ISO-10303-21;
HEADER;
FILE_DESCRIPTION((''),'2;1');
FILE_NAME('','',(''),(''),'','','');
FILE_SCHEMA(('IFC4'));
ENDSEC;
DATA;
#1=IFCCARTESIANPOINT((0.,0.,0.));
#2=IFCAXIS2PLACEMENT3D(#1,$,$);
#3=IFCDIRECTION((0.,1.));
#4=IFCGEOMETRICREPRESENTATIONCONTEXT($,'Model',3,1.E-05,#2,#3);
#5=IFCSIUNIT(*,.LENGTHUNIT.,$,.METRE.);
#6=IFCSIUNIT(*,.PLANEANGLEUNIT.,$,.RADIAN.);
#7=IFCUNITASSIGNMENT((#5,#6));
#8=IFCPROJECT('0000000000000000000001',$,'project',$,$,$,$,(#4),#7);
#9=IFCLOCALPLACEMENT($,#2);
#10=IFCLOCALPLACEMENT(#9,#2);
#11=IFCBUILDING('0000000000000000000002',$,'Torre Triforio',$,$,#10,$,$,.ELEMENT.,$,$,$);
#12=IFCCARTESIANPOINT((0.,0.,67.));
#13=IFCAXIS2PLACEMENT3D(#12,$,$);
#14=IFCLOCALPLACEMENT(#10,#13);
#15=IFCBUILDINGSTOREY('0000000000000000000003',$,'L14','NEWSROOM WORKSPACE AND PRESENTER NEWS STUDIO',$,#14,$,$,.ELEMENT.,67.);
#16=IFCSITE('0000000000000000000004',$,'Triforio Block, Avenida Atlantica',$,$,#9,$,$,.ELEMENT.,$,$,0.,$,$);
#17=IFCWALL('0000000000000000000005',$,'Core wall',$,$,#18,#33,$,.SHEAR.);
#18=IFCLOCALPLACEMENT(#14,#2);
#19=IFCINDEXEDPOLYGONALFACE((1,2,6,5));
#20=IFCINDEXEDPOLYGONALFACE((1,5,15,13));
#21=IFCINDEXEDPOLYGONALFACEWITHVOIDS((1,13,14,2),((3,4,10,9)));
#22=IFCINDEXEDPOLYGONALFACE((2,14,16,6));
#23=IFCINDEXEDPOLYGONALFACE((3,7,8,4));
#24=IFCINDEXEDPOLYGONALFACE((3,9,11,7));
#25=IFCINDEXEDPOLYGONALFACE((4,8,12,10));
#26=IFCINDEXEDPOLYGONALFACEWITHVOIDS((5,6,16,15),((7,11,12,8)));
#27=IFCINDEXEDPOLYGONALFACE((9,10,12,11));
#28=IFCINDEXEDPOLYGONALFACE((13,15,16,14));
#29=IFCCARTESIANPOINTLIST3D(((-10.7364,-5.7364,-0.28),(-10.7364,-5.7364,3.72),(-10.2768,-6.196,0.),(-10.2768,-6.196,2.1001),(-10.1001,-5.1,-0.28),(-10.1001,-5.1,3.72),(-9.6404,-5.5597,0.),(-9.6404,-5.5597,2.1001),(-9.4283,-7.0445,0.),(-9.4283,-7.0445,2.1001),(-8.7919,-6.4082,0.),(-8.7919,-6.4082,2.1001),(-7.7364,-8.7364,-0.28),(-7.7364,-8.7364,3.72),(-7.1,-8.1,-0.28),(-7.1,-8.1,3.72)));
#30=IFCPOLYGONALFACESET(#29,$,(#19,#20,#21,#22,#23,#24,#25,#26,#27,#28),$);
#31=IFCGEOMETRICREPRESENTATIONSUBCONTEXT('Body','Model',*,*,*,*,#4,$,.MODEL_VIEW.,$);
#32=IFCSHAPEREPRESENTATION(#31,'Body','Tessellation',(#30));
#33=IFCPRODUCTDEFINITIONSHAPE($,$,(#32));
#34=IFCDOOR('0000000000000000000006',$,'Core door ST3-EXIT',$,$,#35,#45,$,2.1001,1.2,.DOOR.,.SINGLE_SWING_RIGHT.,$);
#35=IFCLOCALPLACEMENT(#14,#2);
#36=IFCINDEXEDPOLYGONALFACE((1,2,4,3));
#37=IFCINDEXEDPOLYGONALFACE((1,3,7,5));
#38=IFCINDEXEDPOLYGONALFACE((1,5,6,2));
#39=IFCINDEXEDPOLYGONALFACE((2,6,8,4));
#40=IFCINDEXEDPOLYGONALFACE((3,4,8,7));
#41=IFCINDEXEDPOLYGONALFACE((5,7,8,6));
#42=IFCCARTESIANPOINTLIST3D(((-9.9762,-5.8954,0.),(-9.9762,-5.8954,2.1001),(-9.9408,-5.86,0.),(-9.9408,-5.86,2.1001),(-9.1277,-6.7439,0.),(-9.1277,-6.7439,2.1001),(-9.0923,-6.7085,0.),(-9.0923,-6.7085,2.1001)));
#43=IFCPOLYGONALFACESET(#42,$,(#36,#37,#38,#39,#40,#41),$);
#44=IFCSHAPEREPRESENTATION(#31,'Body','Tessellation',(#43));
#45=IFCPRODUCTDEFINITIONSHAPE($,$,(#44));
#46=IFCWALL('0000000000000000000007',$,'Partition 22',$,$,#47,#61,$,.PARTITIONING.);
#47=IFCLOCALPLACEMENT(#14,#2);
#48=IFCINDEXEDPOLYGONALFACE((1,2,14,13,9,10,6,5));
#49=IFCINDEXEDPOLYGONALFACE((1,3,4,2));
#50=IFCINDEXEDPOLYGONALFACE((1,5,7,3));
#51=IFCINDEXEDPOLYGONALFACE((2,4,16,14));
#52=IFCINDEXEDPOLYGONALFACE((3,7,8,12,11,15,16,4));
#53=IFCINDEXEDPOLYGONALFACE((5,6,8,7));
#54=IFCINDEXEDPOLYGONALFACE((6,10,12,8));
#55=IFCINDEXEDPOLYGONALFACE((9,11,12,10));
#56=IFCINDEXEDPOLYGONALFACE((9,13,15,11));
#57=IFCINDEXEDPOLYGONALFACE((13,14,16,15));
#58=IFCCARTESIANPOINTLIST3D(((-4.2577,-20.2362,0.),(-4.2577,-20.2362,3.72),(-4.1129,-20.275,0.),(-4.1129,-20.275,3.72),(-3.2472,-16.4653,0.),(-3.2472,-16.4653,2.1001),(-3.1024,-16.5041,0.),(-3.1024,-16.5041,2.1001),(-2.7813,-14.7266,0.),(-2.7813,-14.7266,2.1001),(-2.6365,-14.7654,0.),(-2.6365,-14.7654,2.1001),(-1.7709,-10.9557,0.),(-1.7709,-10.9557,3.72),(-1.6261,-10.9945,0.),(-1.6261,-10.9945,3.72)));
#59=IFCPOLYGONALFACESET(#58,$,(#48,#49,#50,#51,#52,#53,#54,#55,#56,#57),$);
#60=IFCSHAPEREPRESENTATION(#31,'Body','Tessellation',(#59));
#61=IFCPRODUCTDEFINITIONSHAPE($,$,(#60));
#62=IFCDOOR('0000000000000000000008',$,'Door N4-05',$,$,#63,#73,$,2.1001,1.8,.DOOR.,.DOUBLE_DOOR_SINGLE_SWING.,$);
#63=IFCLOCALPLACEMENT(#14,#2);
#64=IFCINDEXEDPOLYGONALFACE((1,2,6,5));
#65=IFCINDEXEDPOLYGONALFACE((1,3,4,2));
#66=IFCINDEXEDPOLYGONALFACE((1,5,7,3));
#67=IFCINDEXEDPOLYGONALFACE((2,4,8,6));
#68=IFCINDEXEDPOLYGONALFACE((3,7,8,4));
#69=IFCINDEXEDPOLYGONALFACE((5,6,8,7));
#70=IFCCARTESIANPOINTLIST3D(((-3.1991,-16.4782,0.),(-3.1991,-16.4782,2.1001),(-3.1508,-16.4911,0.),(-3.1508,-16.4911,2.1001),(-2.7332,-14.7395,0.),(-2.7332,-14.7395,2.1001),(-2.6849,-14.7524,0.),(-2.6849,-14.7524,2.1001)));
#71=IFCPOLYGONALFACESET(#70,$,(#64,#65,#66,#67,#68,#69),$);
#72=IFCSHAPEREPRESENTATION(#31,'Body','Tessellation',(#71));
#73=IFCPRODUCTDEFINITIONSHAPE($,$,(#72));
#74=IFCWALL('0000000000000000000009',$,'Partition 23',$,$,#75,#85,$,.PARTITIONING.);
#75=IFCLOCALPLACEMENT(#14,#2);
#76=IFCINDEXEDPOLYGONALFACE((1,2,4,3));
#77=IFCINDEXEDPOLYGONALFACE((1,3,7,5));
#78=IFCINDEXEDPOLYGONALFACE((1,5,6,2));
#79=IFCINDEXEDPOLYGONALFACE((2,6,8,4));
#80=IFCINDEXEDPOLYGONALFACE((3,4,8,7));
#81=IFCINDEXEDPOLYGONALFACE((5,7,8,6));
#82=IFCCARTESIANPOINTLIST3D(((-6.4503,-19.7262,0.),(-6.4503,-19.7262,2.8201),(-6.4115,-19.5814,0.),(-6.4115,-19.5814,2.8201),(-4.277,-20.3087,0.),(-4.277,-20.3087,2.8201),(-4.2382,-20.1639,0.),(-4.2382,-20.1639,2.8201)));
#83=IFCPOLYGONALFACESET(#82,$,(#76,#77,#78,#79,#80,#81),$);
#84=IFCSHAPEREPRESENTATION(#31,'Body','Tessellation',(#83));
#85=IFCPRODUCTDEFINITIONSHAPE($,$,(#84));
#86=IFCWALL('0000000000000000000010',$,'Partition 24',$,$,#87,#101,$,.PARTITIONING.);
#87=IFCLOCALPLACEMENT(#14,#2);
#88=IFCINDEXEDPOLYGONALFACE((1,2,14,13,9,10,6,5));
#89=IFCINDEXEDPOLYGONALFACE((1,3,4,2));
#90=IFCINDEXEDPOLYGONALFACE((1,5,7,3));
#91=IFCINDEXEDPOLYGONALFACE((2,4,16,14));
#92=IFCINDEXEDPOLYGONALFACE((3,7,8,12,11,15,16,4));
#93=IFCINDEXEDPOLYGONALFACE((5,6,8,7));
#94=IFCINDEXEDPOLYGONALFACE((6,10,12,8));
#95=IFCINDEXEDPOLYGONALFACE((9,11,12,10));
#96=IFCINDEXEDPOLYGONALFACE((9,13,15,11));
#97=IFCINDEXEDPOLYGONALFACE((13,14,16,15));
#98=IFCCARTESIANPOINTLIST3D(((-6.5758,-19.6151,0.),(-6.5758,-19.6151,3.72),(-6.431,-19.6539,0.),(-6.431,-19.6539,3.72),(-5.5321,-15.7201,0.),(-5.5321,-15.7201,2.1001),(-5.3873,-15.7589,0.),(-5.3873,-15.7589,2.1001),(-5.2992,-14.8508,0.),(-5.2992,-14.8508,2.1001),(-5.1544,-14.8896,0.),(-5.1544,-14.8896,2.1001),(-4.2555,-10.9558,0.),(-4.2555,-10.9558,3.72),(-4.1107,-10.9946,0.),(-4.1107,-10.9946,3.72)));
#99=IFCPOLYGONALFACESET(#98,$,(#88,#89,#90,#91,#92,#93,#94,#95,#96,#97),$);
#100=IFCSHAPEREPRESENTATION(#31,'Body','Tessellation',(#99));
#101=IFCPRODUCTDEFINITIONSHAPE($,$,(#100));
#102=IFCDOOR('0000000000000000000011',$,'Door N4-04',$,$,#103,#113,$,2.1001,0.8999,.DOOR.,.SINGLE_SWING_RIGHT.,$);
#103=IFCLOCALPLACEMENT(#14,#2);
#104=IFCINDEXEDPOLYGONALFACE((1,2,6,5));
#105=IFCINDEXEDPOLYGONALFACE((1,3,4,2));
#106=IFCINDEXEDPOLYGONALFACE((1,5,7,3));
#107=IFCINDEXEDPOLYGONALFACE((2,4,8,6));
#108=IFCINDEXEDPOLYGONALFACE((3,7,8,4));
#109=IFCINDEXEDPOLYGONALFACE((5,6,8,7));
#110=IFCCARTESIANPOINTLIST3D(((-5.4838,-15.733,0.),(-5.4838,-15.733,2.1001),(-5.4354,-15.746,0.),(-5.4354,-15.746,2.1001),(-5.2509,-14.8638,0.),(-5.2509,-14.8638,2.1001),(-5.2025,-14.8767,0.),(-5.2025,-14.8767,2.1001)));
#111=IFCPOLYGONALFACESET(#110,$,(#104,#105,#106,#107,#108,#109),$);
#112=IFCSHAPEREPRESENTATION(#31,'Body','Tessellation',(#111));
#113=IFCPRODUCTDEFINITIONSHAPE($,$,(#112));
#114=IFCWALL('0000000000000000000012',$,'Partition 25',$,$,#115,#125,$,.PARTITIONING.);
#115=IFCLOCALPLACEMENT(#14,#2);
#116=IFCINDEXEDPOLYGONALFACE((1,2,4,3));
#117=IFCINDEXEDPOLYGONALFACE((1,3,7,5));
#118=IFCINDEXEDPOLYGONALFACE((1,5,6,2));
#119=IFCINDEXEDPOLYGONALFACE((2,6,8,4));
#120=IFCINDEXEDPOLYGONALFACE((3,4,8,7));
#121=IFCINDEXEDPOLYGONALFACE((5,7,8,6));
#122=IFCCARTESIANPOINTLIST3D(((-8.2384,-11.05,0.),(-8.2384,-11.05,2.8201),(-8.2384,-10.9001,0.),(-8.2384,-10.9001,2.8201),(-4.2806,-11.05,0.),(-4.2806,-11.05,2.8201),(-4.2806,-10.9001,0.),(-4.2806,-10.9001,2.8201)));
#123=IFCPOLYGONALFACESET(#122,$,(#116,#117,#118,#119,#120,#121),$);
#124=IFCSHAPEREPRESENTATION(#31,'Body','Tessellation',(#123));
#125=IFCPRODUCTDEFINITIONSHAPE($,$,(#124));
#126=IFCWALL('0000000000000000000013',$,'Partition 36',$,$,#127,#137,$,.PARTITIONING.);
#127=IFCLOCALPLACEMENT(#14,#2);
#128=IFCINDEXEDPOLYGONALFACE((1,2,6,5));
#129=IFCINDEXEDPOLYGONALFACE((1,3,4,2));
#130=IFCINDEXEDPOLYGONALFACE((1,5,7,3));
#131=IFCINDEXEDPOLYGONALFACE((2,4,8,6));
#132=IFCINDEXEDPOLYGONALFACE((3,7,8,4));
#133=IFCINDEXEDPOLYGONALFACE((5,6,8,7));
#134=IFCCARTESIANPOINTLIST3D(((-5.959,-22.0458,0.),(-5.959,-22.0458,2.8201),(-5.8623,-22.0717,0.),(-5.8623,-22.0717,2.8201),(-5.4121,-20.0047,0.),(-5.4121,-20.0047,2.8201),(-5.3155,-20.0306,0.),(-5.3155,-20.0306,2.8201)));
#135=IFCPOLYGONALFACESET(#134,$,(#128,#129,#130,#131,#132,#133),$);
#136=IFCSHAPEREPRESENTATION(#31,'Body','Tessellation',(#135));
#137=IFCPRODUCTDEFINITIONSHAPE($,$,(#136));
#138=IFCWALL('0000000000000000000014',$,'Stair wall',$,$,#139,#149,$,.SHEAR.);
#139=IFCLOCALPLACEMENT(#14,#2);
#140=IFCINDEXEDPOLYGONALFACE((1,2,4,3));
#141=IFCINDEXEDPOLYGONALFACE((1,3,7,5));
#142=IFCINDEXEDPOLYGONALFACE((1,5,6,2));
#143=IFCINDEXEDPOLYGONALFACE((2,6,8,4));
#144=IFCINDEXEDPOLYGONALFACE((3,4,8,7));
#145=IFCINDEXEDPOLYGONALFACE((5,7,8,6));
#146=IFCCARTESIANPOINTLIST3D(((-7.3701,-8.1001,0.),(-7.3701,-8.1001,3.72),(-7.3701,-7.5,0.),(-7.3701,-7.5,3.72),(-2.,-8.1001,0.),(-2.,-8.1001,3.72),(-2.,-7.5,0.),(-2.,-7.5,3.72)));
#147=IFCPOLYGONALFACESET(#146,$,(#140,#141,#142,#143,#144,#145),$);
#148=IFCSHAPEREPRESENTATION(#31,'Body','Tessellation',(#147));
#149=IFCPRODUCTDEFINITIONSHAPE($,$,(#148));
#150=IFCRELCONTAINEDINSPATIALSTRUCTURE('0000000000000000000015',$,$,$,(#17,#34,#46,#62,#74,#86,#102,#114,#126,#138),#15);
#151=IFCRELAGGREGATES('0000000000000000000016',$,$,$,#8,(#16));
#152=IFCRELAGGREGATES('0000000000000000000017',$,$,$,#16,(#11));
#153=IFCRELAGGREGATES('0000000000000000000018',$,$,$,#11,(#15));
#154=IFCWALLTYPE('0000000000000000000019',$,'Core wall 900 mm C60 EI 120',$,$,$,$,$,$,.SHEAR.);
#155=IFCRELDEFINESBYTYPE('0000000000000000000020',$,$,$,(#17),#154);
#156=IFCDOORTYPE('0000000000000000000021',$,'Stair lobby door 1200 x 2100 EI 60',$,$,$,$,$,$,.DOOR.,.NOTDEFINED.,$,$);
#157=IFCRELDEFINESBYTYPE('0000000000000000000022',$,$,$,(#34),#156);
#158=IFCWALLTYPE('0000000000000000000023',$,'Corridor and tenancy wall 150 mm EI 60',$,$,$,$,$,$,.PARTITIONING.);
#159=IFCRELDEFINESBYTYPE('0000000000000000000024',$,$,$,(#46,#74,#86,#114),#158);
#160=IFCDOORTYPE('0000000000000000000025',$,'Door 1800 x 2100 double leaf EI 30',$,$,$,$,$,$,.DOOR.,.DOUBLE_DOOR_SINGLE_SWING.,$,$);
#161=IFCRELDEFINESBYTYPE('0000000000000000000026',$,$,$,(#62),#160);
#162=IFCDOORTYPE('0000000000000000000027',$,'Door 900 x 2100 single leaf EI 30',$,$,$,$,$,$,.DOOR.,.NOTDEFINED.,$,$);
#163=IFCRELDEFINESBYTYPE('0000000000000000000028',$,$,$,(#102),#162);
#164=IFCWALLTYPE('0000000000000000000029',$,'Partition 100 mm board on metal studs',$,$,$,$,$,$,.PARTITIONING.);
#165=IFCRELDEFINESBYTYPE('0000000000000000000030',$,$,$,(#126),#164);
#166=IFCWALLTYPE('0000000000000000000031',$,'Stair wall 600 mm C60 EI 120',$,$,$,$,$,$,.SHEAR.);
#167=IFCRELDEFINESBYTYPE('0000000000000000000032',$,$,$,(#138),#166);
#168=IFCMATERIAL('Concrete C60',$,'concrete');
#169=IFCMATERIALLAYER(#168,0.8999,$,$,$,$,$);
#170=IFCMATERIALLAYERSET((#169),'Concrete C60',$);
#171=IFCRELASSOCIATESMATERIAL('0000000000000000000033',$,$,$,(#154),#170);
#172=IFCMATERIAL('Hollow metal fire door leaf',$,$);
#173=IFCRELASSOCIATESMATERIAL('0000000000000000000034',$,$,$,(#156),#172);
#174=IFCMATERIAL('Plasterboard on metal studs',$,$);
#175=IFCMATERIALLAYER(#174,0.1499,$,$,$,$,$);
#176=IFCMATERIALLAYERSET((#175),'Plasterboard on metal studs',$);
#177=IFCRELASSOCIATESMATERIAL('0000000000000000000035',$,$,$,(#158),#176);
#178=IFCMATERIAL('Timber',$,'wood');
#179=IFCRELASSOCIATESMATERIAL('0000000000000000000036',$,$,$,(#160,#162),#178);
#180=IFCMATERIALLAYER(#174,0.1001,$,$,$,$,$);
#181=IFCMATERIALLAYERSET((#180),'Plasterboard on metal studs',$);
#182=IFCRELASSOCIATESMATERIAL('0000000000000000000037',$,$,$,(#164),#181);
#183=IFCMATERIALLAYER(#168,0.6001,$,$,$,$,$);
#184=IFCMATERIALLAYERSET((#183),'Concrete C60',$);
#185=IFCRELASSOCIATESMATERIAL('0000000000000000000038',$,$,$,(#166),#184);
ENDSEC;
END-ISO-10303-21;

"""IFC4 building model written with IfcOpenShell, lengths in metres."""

from ifc_helpers import new_model, si_unit, direction, frame, frame_2d, origin, place, context, subcontext, project, spatial, rectangle, extrude, material, layer, layer_set, type_object, element, fill, save


model = new_model("IFC4")

# Units and contexts
model_context = context("Model", 3, precision=1e-05, world=origin(), true_north=direction((0.0, 1.0)))
body_context = subcontext(model_context, "Body", "Model", "MODEL_VIEW")
ifc_project = project(units=[si_unit("LENGTHUNIT", "METRE"), si_unit("PLANEANGLEUNIT", "RADIAN")], contexts=[model_context])

# Site, building, storey
site_placement = place(None, origin())
site = spatial("IfcSite", under=ifc_project, at=site_placement, Name="Triforio Block, Avenida Atlantica", CompositionType="ELEMENT", RefElevation=0.0)
building_placement = place(site_placement, origin())
building = spatial("IfcBuilding", under=site, at=building_placement, Name="Torre Triforio", CompositionType="ELEMENT")
storey_placement = place(building_placement, frame((0.0, 0.0, 67.0)))
storey = spatial("IfcBuildingStorey", under=building, at=storey_placement, Name="L14", Description="NEWSROOM WORKSPACE AND PRESENTER NEWS STUDIO", CompositionType="ELEMENT", Elevation=67.0)

# Shared definitions
ifc_material_1 = material(Name="Concrete C60", Category="concrete")

# Shared definitions
ifc_layer_1 = layer(ifc_material_1, 0.8999)
ifc_layer_set_1 = layer_set([ifc_layer_1], Name="Concrete C60")
wall_type_1 = type_object("IfcWallType", Name="Core wall 900 mm C60 EI 120", PredefinedType="SHEAR", material=ifc_layer_set_1)
ifc_material_2 = material(Name="Hollow metal fire door leaf")

# Walls, openings, doors
wall_1_placement = place(storey_placement, frame((-7.4182, -8.4182, -0.28), z_axis=(0.0, 0.0, 1.0), x_axis=(-0.707107, 0.707107, 0.0)))
wall_1 = element("IfcWall", 1, at=wall_1_placement, inside=storey, type_object=wall_type_1, Name="Core wall", PredefinedType="SHEAR", context=body_context, shape_type="SweptSolid", body=[
    extrude(rectangle(XDim=4.2427, YDim=0.8999, at=frame_2d((2.1213, 0.0))), origin(), (0.0, 0.0, 1.0), 4.0),
])
opening_1_placement = place(wall_1_placement, frame((2.3926, 0.0, 0.28)))
opening_1 = element("IfcOpeningElement", 2, at=opening_1_placement, cuts=wall_1, PredefinedType="OPENING", context=body_context, shape_type="SweptSolid", body=[
    extrude(rectangle(XDim=1.2, YDim=2.1001, at=frame_2d((0.6001, 1.05))), frame((0.0, 0.46, 0.0), z_axis=(0.0, -1.0, 0.0), x_axis=(1.0, 0.0, 0.0)), (0.0, 0.0, 1.0), 0.9199),
])
door_type_1 = type_object("IfcDoorType", Name="Stair lobby door 1200 x 2100 EI 60", OperationType="NOTDEFINED", PredefinedType="DOOR", material=ifc_material_2)
door_1_placement = place(opening_1_placement, origin())
door_1 = element("IfcDoor", 3, at=door_1_placement, inside=storey, type_object=door_type_1, Name="Core door ST3-EXIT", OperationType="SINGLE_SWING_RIGHT", OverallHeight=2.1001, OverallWidth=1.2, PredefinedType="DOOR", context=body_context, shape_type="SweptSolid", body=[
    extrude(rectangle(XDim=1.2, YDim=2.1001, at=frame_2d((0.6001, 1.05))), frame((0.0, 0.0249, 0.0), z_axis=(0.0, -1.0, 0.0), x_axis=(1.0, 0.0, 0.0)), (0.0, 0.0, 1.0), 0.05),
])
fill(opening_1, door_1)
ifc_material_3 = material(Name="Plasterboard on metal studs")
ifc_layer_2 = layer(ifc_material_3, 0.1499)
ifc_layer_set_2 = layer_set([ifc_layer_2], Name="Plasterboard on metal studs")
wall_type_2 = type_object("IfcWallType", Name="Corridor and tenancy wall 150 mm EI 60", PredefinedType="PARTITIONING", material=ifc_layer_set_2)
wall_2_placement = place(storey_placement, frame((-1.6985, -10.9751, 0.0), z_axis=(0.0, 0.0, 1.0), x_axis=(-0.25883, -0.965923, 0.0)))
wall_2 = element("IfcWall", 4, at=wall_2_placement, inside=storey, type_object=wall_type_2, Name="Partition 22", PredefinedType="PARTITIONING", context=body_context, shape_type="SweptSolid", body=[
    extrude(rectangle(XDim=9.6079, YDim=0.1499, at=frame_2d((4.804, 0.0))), origin(), (0.0, 0.0, 1.0), 3.72),
])
opening_2_placement = place(wall_2_placement, frame((3.9041, 0.0, 0.0)))
opening_2 = element("IfcOpeningElement", 5, at=opening_2_placement, cuts=wall_2, PredefinedType="OPENING", context=body_context, shape_type="SweptSolid", body=[
    extrude(rectangle(XDim=1.8, YDim=2.1001, at=frame_2d((0.8999, 1.05))), frame((0.0, 0.085, 0.0), z_axis=(0.0, -1.0, 0.0), x_axis=(1.0, 0.0, 0.0)), (0.0, 0.0, 1.0), 0.1699),
])
ifc_material_4 = material(Name="Timber", Category="wood")
door_type_2 = type_object("IfcDoorType", Name="Door 1800 x 2100 double leaf EI 30", OperationType="DOUBLE_DOOR_SINGLE_SWING", PredefinedType="DOOR", material=ifc_material_4)
door_2_placement = place(opening_2_placement, origin())
door_2 = element("IfcDoor", 6, at=door_2_placement, inside=storey, type_object=door_type_2, Name="Door N4-05", OperationType="DOUBLE_DOOR_SINGLE_SWING", OverallHeight=2.1001, OverallWidth=1.8, PredefinedType="DOOR", context=body_context, shape_type="SweptSolid", body=[
    extrude(rectangle(XDim=1.8, YDim=2.1001, at=frame_2d((0.8999, 1.05))), frame((0.0, 0.0249, 0.0), z_axis=(0.0, -1.0, 0.0), x_axis=(1.0, 0.0, 0.0)), (0.0, 0.0, 1.0), 0.05),
])
fill(opening_2, door_2)

# Wall
wall_3_placement = place(storey_placement, frame((-4.2576, -20.2363, 0.0), z_axis=(0.0, 0.0, 1.0), x_axis=(-0.965906, 0.258892, 0.0)))
element("IfcWall", 7, at=wall_3_placement, inside=storey, type_object=wall_type_2, Name="Partition 23", PredefinedType="PARTITIONING", context=body_context, shape_type="SweptSolid", body=[
    extrude(rectangle(XDim=2.25, YDim=0.1499, at=frame_2d((1.125, 0.0))), origin(), (0.0, 0.0, 1.0), 2.8201),
])

# Wall, opening, door
wall_4_placement = place(storey_placement, frame((-6.5034, -19.6345, 0.0), z_axis=(0.0, 0.0, 1.0), x_axis=(0.258822, 0.965925, 0.0)))
wall_4 = element("IfcWall", 8, at=wall_4_placement, inside=storey, type_object=wall_type_2, Name="Partition 24", PredefinedType="PARTITIONING", context=body_context, shape_type="SweptSolid", body=[
    extrude(rectangle(XDim=8.9648, YDim=0.1499, at=frame_2d((4.4824, 0.0))), origin(), (0.0, 0.0, 1.0), 3.72),
])
opening_3_placement = place(wall_4_placement, frame((4.0325, 0.0, 0.0)))
opening_3 = element("IfcOpeningElement", 9, at=opening_3_placement, cuts=wall_4, PredefinedType="OPENING", context=body_context, shape_type="SweptSolid", body=[
    extrude(rectangle(XDim=0.8999, YDim=2.1001, at=frame_2d((0.45, 1.05))), frame((0.0, 0.085, 0.0), z_axis=(0.0, -1.0, 0.0), x_axis=(1.0, 0.0, 0.0)), (0.0, 0.0, 1.0), 0.1699),
])
door_type_3 = type_object("IfcDoorType", Name="Door 900 x 2100 single leaf EI 30", OperationType="NOTDEFINED", PredefinedType="DOOR", material=ifc_material_4)
door_3_placement = place(opening_3_placement, origin())
door_3 = element("IfcDoor", 10, at=door_3_placement, inside=storey, type_object=door_type_3, Name="Door N4-04", OperationType="SINGLE_SWING_RIGHT", OverallHeight=2.1001, OverallWidth=0.8999, PredefinedType="DOOR", context=body_context, shape_type="SweptSolid", body=[
    extrude(rectangle(XDim=0.8999, YDim=2.1001, at=frame_2d((0.45, 1.05))), frame((0.0, 0.0249, 0.0), z_axis=(0.0, -1.0, 0.0), x_axis=(1.0, 0.0, 0.0)), (0.0, 0.0, 1.0), 0.05),
])
fill(opening_3, door_3)

# Walls
wall_5_placement = place(storey_placement, frame((-4.2805, -10.9751, 0.0), z_axis=(0.0, 0.0, 1.0), x_axis=(-1.0, 0.0, 0.0)))
element("IfcWall", 11, at=wall_5_placement, inside=storey, type_object=wall_type_2, Name="Partition 25", PredefinedType="PARTITIONING", context=body_context, shape_type="SweptSolid", body=[
    extrude(rectangle(XDim=3.9578, YDim=0.1499, at=frame_2d((1.979, 0.0))), origin(), (0.0, 0.0, 1.0), 2.8201),
])
ifc_layer_3 = layer(ifc_material_3, 0.1001)
ifc_layer_set_3 = layer_set([ifc_layer_3], Name="Plasterboard on metal studs")
wall_type_3 = type_object("IfcWallType", Name="Partition 100 mm board on metal studs", PredefinedType="PARTITIONING", material=ifc_layer_set_3)
wall_6_placement = place(storey_placement, frame((-5.3638, -20.0176, 0.0), z_axis=(0.0, 0.0, 1.0), x_axis=(-0.258813, -0.965927, 0.0)))
element("IfcWall", 12, at=wall_6_placement, inside=storey, type_object=wall_type_3, Name="Partition 36", PredefinedType="PARTITIONING", context=body_context, shape_type="SweptSolid", body=[
    extrude(rectangle(XDim=2.113, YDim=0.1001, at=frame_2d((1.0566, 0.0))), origin(), (0.0, 0.0, 1.0), 2.8201),
])
ifc_layer_4 = layer(ifc_material_1, 0.6001)
ifc_layer_set_4 = layer_set([ifc_layer_4], Name="Concrete C60")
wall_type_4 = type_object("IfcWallType", Name="Stair wall 600 mm C60 EI 120", PredefinedType="SHEAR", material=ifc_layer_set_4)
wall_7_placement = place(storey_placement, frame((-7.3701, -7.8, 0.0), z_axis=(0.0, 0.0, 1.0), x_axis=(1.0, 0.0, 0.0)))
element("IfcWall", 13, at=wall_7_placement, inside=storey, type_object=wall_type_4, Name="Stair wall", PredefinedType="SHEAR", context=body_context, shape_type="SweptSolid", body=[
    extrude(rectangle(XDim=5.3701, YDim=0.6001, at=frame_2d((2.6851, 0.0))), origin(), (0.0, 0.0, 1.0), 3.72),
])

save(model, "model.ifc")
